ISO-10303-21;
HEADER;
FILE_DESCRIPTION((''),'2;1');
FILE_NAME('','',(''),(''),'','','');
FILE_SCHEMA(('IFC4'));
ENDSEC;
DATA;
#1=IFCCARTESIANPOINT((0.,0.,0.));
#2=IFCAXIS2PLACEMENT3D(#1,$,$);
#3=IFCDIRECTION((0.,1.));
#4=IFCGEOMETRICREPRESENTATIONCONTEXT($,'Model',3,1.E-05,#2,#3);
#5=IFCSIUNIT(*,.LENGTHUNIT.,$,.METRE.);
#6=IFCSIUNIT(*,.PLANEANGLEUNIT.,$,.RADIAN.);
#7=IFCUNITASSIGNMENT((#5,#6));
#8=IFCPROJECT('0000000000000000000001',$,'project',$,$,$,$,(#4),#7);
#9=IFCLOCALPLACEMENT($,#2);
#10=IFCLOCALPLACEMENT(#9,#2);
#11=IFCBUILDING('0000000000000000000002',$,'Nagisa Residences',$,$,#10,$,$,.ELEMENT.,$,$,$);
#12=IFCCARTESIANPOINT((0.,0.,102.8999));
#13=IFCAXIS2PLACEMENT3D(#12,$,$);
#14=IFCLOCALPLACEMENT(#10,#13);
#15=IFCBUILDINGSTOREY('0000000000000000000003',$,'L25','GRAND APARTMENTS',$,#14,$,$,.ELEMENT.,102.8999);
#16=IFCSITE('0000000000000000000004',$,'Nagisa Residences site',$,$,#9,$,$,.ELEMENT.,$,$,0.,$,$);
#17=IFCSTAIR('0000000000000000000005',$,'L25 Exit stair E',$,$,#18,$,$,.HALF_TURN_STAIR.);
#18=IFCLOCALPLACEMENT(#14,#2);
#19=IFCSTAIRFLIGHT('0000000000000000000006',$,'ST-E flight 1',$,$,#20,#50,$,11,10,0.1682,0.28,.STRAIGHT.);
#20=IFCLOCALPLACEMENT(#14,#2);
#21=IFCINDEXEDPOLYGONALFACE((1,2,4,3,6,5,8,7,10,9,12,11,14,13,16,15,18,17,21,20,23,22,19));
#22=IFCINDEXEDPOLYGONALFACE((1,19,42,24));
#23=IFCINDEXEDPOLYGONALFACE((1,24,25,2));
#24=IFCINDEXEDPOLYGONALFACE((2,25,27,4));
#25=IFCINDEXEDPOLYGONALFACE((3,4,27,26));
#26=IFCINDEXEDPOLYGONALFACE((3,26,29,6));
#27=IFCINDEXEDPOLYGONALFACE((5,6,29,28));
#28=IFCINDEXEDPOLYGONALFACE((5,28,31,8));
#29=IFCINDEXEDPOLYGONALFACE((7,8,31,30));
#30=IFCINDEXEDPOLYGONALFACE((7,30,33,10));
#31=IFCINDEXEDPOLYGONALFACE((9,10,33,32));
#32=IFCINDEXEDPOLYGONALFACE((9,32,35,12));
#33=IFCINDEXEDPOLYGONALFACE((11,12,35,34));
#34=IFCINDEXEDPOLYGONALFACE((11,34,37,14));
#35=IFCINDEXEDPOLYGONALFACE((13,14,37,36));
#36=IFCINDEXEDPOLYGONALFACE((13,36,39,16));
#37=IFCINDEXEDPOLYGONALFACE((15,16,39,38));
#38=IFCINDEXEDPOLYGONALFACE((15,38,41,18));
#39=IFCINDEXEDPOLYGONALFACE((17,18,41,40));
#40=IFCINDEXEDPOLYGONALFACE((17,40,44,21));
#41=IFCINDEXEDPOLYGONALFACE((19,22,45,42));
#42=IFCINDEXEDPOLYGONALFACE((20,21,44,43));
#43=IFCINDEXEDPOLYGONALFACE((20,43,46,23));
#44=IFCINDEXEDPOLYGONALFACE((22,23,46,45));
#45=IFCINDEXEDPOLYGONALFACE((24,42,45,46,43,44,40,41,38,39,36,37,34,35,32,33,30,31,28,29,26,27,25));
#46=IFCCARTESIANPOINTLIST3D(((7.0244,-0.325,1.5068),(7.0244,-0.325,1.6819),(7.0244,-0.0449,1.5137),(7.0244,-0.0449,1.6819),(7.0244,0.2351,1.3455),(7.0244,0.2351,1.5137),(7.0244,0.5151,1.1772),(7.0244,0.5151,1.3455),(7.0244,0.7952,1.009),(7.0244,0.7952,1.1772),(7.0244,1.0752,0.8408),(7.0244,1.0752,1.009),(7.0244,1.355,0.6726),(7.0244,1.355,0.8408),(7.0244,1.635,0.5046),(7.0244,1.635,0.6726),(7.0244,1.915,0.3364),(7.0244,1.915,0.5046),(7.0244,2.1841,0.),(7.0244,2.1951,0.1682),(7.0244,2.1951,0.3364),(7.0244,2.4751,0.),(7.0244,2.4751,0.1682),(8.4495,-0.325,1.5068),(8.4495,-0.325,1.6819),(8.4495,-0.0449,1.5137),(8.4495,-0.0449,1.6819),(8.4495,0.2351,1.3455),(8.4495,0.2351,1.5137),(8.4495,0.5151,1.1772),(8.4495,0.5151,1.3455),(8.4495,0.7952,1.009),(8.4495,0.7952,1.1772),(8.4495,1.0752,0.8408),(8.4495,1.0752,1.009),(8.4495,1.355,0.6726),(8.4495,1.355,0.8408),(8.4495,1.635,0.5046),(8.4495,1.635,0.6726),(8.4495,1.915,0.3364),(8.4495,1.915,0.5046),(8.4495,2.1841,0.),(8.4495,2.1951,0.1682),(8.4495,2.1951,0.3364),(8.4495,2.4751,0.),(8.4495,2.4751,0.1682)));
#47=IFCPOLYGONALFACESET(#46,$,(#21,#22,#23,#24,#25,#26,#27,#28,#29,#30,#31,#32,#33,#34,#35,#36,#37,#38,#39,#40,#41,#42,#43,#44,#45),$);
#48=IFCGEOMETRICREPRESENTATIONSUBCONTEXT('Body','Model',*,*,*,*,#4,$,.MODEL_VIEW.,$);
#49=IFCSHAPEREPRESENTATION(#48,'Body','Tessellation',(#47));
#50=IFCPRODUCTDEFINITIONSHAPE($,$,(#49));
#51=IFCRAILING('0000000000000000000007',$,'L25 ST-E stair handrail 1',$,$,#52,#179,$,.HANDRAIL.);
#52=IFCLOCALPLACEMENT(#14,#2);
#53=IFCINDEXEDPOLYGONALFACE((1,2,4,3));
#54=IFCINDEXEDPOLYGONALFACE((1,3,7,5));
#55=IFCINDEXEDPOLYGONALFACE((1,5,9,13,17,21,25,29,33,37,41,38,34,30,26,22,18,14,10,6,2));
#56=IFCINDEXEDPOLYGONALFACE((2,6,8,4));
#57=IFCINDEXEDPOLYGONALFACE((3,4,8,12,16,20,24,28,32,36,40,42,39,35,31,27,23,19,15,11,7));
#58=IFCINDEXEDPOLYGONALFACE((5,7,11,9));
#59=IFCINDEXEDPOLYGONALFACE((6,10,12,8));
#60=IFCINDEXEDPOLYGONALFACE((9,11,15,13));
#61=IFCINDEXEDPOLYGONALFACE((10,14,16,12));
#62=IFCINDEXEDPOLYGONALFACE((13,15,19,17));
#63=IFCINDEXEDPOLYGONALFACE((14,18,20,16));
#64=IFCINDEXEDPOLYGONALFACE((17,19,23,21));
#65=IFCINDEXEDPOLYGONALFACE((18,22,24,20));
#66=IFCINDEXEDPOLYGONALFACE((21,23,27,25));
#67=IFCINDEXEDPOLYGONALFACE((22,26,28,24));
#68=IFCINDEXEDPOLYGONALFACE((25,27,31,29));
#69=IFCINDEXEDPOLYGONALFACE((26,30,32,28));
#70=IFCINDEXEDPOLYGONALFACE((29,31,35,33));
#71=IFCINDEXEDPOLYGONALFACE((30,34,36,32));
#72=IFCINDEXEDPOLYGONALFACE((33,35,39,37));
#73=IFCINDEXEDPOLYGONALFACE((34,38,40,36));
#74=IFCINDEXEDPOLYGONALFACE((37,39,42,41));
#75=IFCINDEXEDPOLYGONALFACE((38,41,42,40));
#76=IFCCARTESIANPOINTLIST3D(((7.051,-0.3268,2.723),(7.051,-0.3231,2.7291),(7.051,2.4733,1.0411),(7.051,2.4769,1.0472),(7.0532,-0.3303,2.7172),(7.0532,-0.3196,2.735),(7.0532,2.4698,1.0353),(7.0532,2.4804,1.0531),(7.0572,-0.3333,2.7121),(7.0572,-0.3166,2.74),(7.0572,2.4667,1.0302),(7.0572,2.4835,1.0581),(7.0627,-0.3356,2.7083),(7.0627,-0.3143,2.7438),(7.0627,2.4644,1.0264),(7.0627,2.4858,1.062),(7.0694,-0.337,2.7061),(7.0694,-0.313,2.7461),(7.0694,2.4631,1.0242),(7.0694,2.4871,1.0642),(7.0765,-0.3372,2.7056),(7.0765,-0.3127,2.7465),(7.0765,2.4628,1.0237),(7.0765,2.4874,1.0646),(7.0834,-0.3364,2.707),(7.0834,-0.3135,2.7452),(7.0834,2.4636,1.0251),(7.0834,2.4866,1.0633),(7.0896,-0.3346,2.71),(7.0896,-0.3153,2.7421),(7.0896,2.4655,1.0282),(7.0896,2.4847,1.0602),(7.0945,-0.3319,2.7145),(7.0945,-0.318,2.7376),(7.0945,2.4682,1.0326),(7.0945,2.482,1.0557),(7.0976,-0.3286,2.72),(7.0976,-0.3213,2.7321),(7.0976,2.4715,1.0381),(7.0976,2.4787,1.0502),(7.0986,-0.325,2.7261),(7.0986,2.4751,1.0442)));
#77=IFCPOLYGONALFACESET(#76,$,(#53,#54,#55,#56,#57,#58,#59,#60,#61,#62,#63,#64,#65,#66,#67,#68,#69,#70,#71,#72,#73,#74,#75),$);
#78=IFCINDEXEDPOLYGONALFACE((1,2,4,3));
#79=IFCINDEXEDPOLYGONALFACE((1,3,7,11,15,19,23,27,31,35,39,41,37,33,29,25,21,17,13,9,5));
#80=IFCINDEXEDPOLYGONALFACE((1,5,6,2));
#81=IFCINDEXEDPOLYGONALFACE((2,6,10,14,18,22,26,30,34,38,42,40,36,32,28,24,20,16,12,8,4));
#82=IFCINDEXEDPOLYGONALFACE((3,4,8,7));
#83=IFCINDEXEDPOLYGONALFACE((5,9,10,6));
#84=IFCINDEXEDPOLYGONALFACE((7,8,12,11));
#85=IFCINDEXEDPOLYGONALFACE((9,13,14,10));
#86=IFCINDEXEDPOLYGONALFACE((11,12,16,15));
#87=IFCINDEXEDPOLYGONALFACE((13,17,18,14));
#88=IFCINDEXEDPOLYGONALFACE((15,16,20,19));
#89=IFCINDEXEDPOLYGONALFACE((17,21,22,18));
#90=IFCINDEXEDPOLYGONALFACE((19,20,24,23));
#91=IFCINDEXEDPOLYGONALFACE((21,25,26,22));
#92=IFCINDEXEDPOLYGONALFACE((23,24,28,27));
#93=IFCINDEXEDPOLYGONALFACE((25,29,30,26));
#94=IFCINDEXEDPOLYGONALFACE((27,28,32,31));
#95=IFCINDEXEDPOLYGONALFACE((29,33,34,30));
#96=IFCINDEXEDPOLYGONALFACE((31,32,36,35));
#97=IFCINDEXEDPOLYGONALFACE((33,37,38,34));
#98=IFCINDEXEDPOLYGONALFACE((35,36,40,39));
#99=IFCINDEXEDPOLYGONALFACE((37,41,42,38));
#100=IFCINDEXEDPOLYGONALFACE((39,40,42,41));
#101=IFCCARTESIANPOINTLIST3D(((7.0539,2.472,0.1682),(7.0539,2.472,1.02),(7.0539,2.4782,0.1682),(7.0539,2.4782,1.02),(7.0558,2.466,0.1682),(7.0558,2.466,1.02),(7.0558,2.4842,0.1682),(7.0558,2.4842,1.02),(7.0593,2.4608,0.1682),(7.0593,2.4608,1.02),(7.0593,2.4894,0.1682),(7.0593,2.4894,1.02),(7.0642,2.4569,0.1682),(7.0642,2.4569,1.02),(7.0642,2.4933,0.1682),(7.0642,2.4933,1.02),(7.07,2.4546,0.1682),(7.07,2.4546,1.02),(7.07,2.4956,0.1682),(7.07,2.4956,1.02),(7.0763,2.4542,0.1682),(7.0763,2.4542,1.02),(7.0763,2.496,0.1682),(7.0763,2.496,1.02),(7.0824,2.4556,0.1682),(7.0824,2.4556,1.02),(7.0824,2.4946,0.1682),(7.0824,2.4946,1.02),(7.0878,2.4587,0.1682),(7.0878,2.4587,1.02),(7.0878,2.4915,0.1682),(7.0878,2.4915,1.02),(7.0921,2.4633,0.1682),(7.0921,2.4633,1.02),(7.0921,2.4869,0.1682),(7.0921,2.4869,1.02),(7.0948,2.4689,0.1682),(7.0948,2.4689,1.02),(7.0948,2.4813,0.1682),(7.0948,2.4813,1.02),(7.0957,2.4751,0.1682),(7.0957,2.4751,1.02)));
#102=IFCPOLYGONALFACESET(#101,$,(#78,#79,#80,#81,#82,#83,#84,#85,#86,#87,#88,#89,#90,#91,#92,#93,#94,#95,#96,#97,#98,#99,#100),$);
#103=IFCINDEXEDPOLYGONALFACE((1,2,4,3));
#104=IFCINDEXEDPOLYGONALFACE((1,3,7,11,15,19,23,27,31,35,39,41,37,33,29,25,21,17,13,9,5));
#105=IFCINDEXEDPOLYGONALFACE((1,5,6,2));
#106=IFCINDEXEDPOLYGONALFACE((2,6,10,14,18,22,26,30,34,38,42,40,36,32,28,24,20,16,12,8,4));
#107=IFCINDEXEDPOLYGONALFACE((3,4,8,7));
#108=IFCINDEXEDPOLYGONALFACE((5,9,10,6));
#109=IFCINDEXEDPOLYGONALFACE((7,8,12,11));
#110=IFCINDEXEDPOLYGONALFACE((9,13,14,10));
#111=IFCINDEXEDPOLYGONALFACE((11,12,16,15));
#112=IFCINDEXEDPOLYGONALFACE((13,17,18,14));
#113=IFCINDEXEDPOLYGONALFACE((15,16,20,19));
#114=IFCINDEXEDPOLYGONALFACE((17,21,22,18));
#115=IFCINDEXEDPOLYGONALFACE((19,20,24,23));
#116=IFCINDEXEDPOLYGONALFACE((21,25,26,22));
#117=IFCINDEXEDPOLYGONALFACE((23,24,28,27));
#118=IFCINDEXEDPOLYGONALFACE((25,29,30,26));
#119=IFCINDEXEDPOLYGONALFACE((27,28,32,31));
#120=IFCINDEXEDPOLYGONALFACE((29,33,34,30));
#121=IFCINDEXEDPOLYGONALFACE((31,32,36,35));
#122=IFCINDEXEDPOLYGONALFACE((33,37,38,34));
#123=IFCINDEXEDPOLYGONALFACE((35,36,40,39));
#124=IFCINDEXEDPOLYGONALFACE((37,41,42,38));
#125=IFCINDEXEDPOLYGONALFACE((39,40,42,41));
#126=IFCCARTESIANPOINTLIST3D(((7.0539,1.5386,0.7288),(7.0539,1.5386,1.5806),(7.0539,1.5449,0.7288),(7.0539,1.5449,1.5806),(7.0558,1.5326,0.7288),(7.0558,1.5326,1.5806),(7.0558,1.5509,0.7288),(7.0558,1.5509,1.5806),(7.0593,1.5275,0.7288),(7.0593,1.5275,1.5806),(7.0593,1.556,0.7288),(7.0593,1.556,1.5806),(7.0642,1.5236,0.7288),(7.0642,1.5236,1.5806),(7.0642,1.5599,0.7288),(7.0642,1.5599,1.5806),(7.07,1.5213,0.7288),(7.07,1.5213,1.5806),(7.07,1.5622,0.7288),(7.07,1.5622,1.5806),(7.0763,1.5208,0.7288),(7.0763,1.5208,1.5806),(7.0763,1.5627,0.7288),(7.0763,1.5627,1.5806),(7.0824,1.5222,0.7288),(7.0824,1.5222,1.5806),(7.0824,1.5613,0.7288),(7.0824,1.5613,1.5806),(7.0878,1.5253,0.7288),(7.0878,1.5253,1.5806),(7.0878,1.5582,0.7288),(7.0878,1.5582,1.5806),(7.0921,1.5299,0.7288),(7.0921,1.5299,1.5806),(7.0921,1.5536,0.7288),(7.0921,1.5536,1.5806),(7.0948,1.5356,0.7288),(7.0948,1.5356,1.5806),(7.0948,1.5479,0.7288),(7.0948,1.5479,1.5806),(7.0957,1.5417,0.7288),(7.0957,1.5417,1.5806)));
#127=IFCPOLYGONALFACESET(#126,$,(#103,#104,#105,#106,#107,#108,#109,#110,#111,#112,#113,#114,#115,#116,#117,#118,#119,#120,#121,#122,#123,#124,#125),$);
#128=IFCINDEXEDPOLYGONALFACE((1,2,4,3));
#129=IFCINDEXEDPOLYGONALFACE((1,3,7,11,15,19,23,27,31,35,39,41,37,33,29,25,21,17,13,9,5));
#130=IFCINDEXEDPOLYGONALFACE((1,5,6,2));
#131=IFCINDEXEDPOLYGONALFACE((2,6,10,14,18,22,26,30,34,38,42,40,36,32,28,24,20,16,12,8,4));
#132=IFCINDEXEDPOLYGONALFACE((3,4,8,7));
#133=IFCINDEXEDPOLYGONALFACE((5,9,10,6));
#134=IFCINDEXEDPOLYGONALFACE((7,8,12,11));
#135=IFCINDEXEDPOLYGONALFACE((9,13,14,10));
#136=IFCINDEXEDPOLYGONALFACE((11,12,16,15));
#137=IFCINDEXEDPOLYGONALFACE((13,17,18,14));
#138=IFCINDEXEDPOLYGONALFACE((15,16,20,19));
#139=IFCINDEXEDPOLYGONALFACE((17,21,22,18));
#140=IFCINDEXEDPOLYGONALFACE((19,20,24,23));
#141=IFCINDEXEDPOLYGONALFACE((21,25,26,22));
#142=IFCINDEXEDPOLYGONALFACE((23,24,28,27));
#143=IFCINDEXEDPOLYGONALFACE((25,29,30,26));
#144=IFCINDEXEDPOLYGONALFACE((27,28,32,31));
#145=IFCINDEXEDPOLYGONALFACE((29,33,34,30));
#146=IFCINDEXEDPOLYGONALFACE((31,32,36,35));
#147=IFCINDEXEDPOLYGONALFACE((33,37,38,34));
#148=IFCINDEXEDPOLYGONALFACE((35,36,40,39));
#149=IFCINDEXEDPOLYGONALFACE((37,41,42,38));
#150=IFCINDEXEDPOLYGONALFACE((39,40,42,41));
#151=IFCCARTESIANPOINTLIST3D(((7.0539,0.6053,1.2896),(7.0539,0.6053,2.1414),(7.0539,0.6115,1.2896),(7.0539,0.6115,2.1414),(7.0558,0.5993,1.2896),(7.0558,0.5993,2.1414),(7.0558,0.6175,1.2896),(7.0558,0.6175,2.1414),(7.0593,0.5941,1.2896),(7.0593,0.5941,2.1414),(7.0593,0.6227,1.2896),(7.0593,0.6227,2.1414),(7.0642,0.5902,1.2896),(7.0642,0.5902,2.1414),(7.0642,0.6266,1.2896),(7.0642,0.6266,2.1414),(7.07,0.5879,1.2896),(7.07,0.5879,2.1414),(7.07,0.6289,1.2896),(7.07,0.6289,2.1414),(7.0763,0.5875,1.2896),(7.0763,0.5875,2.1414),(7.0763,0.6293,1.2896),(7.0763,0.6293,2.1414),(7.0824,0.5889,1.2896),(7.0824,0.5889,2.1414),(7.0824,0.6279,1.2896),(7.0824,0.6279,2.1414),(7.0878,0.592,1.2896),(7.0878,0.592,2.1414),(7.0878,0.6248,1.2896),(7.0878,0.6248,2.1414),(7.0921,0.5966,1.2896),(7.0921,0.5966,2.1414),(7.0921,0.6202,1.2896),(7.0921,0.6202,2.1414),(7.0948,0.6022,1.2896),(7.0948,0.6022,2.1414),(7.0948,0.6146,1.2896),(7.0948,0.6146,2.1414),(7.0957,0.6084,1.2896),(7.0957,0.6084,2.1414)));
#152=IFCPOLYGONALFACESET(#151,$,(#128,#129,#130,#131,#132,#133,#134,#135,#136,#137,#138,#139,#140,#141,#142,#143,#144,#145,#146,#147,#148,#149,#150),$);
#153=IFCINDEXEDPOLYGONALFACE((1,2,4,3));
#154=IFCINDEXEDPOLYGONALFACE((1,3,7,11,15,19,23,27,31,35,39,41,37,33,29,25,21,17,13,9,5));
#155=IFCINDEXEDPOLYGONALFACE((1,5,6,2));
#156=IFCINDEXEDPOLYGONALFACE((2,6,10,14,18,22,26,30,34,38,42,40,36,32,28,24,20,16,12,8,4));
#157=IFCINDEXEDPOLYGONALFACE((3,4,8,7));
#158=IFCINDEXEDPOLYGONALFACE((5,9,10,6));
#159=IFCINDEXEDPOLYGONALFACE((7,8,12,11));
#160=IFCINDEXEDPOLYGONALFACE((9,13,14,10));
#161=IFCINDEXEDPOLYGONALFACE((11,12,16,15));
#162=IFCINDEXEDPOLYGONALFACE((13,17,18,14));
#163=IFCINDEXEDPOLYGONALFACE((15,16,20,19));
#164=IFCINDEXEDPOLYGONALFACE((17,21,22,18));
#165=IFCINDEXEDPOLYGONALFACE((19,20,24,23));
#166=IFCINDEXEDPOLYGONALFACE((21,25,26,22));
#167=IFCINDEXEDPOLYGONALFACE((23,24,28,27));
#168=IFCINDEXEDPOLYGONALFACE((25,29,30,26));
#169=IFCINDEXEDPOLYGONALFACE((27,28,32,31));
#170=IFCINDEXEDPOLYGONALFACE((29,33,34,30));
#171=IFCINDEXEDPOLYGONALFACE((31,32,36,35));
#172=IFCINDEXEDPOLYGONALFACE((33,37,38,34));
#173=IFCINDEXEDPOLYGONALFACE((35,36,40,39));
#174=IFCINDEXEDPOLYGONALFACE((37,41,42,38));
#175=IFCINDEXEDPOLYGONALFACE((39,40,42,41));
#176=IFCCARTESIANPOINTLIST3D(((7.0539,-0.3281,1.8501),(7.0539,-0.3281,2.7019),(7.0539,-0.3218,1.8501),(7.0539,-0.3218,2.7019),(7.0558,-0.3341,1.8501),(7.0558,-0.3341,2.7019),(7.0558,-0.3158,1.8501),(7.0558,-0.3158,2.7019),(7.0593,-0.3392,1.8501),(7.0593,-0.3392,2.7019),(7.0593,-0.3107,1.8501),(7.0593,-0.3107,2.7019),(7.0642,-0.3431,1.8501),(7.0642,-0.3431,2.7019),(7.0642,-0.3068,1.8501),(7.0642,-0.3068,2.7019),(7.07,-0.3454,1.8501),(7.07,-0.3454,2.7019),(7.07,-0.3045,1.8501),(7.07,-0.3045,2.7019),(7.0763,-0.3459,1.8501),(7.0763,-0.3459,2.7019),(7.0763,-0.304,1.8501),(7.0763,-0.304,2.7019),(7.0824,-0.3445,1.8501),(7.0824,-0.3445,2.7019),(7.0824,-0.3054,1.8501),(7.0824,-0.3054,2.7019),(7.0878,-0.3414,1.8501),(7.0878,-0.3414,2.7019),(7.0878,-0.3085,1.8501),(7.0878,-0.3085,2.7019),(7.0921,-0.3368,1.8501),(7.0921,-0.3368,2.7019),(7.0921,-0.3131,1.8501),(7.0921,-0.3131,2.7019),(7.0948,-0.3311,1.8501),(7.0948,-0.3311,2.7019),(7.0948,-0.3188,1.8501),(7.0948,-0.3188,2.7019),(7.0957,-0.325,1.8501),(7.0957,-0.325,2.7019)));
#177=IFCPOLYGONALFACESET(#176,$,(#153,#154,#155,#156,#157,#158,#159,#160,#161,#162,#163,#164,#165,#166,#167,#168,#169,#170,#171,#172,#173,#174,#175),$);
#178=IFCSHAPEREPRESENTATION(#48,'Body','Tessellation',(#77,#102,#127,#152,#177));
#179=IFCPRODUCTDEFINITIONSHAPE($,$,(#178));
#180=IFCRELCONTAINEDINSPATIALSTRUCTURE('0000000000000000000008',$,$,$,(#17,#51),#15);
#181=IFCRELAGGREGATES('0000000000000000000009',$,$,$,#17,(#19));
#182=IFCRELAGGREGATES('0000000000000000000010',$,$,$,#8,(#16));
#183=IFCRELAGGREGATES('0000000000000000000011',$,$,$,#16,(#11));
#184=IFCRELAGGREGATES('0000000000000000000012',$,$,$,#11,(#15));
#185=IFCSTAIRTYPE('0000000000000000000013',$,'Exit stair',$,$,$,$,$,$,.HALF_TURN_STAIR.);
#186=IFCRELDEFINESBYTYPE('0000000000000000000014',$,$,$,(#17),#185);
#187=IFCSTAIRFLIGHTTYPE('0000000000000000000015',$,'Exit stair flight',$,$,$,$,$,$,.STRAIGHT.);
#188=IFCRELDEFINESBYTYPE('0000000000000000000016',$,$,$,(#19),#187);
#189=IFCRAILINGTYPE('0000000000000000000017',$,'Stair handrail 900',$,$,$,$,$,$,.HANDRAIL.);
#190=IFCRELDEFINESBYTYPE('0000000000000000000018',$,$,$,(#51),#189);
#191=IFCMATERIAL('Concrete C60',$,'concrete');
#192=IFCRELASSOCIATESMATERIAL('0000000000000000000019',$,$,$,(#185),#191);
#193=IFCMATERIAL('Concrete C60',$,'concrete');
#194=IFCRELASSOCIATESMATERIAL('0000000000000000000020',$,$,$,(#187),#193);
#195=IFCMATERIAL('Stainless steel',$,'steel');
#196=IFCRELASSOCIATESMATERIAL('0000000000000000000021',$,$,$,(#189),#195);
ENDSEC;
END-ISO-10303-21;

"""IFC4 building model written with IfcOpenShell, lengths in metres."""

from ifc_helpers import new_model, si_unit, direction, frame, origin, origin_2d, place, context, subcontext, project, spatial, polyline, circle, outline, extrude, material, type_object, element, aggregate, save


model = new_model("IFC4")

# Units and contexts
model_context = context("Model", 3, precision=1e-05, world=origin(), true_north=direction((0.0, 1.0)))
body_context = subcontext(model_context, "Body", "Model", "MODEL_VIEW")
ifc_project = project(units=[si_unit("LENGTHUNIT", "METRE"), si_unit("PLANEANGLEUNIT", "RADIAN")], contexts=[model_context])

# Site, building, storey
site_placement = place(None, origin())
site = spatial("IfcSite", under=ifc_project, at=site_placement, Name="Nagisa Residences site", CompositionType="ELEMENT", RefElevation=0.0)
building_placement = place(site_placement, origin())
building = spatial("IfcBuilding", under=site, at=building_placement, Name="Nagisa Residences", CompositionType="ELEMENT")
storey_placement = place(building_placement, frame((0.0, 0.0, 102.8999)))
storey = spatial("IfcBuildingStorey", under=building, at=storey_placement, Name="L25", Description="GRAND APARTMENTS", CompositionType="ELEMENT", Elevation=102.8999)

# Stair, stair flight
ifc_material_1 = material(Name="Concrete C60", Category="concrete")
stair_type = type_object("IfcStairType", Name="Exit stair", PredefinedType="HALF_TURN_STAIR", material=ifc_material_1)
stair_placement = place(storey_placement, origin())
stair = element("IfcStair", 1, at=stair_placement, inside=storey, type_object=stair_type, Name="L25 Exit stair E", PredefinedType="HALF_TURN_STAIR")
ifc_material_2 = material(Name="Concrete C60", Category="concrete")
stair_flight_type = type_object("IfcStairFlightType", Name="Exit stair flight", PredefinedType="STRAIGHT", material=ifc_material_2)
stair_flight_placement = place(storey_placement, frame((7.7371, 2.4751, 0.0), z_axis=(0.0, 0.0, 1.0), x_axis=(0.0, -1.0, 0.0)))
stair_flight = element("IfcStairFlight", 2, at=stair_flight_placement, type_object=stair_flight_type, Name="ST-E flight 1", NumberOfRisers=11, NumberOfTreads=10, PredefinedType="STRAIGHT", RiserHeight=0.1682, TreadLength=0.28, context=body_context, shape_type="SweptSolid", body=[
    extrude(outline(polyline([(0.0, 0.0), (0.0, 0.1682), (0.28, 0.1682), (0.28, 0.3364), (0.5601, 0.3364), (0.5601, 0.5046), (0.8401, 0.5046), (0.8401, 0.6726), (1.1201, 0.6726), (1.1201, 0.8408), (1.3999, 0.8408), (1.3999, 1.009), (1.6799, 1.009), (1.6799, 1.1772), (1.96, 1.1772), (1.96, 1.3455), (2.24, 1.3455), (2.24, 1.5137), (2.52, 1.5137), (2.52, 1.6819), (2.8, 1.6819), (2.8, 1.8501), (2.8, 1.5068), (0.291, 0.0), (0.0, 0.0)])), frame((0.0, 0.7124, 0.0), z_axis=(0.0, -1.0, 0.0), x_axis=(1.0, 0.0, 0.0)), (0.0, 0.0, 1.0), 1.425),
])
aggregate(stair, [stair_flight])

# Railing
ifc_material_3 = material(Name="Stainless steel", Category="steel")
railing_type_1 = type_object("IfcRailingType", Name="Stair handrail 900", PredefinedType="HANDRAIL", material=ifc_material_3)
railing_1_placement = place(storey_placement, frame((7.0747, 2.4751, 0.1682)))
element("IfcRailing", 3, at=railing_1_placement, inside=storey, type_object=railing_type_1, Name="L25 ST-E stair handrail 1", PredefinedType="HANDRAIL", context=body_context, shape_type="SweptSolid", body=[
    extrude(circle(Radius=0.0239, at=origin_2d()), frame((0.0, 0.0, 0.876), z_axis=(0.0, -0.857242, 0.514913), x_axis=(1.0, 0.0, 0.0)), (0.0, 0.0, 1.0), 3.2664),
    extrude(circle(Radius=0.021, at=origin_2d()), origin(), (0.0, 0.0, 1.0), 0.8518),
    extrude(circle(Radius=0.021, at=origin_2d()), frame((0.0, -0.9333, 0.5605)), (0.0, 0.0, 1.0), 0.8518),
    extrude(circle(Radius=0.021, at=origin_2d()), frame((0.0, -1.8667, 1.1213)), (0.0, 0.0, 1.0), 0.8518),
    extrude(circle(Radius=0.021, at=origin_2d()), frame((0.0, -2.8, 1.6819)), (0.0, 0.0, 1.0), 0.8518),
])

save(model, "model.ifc")
